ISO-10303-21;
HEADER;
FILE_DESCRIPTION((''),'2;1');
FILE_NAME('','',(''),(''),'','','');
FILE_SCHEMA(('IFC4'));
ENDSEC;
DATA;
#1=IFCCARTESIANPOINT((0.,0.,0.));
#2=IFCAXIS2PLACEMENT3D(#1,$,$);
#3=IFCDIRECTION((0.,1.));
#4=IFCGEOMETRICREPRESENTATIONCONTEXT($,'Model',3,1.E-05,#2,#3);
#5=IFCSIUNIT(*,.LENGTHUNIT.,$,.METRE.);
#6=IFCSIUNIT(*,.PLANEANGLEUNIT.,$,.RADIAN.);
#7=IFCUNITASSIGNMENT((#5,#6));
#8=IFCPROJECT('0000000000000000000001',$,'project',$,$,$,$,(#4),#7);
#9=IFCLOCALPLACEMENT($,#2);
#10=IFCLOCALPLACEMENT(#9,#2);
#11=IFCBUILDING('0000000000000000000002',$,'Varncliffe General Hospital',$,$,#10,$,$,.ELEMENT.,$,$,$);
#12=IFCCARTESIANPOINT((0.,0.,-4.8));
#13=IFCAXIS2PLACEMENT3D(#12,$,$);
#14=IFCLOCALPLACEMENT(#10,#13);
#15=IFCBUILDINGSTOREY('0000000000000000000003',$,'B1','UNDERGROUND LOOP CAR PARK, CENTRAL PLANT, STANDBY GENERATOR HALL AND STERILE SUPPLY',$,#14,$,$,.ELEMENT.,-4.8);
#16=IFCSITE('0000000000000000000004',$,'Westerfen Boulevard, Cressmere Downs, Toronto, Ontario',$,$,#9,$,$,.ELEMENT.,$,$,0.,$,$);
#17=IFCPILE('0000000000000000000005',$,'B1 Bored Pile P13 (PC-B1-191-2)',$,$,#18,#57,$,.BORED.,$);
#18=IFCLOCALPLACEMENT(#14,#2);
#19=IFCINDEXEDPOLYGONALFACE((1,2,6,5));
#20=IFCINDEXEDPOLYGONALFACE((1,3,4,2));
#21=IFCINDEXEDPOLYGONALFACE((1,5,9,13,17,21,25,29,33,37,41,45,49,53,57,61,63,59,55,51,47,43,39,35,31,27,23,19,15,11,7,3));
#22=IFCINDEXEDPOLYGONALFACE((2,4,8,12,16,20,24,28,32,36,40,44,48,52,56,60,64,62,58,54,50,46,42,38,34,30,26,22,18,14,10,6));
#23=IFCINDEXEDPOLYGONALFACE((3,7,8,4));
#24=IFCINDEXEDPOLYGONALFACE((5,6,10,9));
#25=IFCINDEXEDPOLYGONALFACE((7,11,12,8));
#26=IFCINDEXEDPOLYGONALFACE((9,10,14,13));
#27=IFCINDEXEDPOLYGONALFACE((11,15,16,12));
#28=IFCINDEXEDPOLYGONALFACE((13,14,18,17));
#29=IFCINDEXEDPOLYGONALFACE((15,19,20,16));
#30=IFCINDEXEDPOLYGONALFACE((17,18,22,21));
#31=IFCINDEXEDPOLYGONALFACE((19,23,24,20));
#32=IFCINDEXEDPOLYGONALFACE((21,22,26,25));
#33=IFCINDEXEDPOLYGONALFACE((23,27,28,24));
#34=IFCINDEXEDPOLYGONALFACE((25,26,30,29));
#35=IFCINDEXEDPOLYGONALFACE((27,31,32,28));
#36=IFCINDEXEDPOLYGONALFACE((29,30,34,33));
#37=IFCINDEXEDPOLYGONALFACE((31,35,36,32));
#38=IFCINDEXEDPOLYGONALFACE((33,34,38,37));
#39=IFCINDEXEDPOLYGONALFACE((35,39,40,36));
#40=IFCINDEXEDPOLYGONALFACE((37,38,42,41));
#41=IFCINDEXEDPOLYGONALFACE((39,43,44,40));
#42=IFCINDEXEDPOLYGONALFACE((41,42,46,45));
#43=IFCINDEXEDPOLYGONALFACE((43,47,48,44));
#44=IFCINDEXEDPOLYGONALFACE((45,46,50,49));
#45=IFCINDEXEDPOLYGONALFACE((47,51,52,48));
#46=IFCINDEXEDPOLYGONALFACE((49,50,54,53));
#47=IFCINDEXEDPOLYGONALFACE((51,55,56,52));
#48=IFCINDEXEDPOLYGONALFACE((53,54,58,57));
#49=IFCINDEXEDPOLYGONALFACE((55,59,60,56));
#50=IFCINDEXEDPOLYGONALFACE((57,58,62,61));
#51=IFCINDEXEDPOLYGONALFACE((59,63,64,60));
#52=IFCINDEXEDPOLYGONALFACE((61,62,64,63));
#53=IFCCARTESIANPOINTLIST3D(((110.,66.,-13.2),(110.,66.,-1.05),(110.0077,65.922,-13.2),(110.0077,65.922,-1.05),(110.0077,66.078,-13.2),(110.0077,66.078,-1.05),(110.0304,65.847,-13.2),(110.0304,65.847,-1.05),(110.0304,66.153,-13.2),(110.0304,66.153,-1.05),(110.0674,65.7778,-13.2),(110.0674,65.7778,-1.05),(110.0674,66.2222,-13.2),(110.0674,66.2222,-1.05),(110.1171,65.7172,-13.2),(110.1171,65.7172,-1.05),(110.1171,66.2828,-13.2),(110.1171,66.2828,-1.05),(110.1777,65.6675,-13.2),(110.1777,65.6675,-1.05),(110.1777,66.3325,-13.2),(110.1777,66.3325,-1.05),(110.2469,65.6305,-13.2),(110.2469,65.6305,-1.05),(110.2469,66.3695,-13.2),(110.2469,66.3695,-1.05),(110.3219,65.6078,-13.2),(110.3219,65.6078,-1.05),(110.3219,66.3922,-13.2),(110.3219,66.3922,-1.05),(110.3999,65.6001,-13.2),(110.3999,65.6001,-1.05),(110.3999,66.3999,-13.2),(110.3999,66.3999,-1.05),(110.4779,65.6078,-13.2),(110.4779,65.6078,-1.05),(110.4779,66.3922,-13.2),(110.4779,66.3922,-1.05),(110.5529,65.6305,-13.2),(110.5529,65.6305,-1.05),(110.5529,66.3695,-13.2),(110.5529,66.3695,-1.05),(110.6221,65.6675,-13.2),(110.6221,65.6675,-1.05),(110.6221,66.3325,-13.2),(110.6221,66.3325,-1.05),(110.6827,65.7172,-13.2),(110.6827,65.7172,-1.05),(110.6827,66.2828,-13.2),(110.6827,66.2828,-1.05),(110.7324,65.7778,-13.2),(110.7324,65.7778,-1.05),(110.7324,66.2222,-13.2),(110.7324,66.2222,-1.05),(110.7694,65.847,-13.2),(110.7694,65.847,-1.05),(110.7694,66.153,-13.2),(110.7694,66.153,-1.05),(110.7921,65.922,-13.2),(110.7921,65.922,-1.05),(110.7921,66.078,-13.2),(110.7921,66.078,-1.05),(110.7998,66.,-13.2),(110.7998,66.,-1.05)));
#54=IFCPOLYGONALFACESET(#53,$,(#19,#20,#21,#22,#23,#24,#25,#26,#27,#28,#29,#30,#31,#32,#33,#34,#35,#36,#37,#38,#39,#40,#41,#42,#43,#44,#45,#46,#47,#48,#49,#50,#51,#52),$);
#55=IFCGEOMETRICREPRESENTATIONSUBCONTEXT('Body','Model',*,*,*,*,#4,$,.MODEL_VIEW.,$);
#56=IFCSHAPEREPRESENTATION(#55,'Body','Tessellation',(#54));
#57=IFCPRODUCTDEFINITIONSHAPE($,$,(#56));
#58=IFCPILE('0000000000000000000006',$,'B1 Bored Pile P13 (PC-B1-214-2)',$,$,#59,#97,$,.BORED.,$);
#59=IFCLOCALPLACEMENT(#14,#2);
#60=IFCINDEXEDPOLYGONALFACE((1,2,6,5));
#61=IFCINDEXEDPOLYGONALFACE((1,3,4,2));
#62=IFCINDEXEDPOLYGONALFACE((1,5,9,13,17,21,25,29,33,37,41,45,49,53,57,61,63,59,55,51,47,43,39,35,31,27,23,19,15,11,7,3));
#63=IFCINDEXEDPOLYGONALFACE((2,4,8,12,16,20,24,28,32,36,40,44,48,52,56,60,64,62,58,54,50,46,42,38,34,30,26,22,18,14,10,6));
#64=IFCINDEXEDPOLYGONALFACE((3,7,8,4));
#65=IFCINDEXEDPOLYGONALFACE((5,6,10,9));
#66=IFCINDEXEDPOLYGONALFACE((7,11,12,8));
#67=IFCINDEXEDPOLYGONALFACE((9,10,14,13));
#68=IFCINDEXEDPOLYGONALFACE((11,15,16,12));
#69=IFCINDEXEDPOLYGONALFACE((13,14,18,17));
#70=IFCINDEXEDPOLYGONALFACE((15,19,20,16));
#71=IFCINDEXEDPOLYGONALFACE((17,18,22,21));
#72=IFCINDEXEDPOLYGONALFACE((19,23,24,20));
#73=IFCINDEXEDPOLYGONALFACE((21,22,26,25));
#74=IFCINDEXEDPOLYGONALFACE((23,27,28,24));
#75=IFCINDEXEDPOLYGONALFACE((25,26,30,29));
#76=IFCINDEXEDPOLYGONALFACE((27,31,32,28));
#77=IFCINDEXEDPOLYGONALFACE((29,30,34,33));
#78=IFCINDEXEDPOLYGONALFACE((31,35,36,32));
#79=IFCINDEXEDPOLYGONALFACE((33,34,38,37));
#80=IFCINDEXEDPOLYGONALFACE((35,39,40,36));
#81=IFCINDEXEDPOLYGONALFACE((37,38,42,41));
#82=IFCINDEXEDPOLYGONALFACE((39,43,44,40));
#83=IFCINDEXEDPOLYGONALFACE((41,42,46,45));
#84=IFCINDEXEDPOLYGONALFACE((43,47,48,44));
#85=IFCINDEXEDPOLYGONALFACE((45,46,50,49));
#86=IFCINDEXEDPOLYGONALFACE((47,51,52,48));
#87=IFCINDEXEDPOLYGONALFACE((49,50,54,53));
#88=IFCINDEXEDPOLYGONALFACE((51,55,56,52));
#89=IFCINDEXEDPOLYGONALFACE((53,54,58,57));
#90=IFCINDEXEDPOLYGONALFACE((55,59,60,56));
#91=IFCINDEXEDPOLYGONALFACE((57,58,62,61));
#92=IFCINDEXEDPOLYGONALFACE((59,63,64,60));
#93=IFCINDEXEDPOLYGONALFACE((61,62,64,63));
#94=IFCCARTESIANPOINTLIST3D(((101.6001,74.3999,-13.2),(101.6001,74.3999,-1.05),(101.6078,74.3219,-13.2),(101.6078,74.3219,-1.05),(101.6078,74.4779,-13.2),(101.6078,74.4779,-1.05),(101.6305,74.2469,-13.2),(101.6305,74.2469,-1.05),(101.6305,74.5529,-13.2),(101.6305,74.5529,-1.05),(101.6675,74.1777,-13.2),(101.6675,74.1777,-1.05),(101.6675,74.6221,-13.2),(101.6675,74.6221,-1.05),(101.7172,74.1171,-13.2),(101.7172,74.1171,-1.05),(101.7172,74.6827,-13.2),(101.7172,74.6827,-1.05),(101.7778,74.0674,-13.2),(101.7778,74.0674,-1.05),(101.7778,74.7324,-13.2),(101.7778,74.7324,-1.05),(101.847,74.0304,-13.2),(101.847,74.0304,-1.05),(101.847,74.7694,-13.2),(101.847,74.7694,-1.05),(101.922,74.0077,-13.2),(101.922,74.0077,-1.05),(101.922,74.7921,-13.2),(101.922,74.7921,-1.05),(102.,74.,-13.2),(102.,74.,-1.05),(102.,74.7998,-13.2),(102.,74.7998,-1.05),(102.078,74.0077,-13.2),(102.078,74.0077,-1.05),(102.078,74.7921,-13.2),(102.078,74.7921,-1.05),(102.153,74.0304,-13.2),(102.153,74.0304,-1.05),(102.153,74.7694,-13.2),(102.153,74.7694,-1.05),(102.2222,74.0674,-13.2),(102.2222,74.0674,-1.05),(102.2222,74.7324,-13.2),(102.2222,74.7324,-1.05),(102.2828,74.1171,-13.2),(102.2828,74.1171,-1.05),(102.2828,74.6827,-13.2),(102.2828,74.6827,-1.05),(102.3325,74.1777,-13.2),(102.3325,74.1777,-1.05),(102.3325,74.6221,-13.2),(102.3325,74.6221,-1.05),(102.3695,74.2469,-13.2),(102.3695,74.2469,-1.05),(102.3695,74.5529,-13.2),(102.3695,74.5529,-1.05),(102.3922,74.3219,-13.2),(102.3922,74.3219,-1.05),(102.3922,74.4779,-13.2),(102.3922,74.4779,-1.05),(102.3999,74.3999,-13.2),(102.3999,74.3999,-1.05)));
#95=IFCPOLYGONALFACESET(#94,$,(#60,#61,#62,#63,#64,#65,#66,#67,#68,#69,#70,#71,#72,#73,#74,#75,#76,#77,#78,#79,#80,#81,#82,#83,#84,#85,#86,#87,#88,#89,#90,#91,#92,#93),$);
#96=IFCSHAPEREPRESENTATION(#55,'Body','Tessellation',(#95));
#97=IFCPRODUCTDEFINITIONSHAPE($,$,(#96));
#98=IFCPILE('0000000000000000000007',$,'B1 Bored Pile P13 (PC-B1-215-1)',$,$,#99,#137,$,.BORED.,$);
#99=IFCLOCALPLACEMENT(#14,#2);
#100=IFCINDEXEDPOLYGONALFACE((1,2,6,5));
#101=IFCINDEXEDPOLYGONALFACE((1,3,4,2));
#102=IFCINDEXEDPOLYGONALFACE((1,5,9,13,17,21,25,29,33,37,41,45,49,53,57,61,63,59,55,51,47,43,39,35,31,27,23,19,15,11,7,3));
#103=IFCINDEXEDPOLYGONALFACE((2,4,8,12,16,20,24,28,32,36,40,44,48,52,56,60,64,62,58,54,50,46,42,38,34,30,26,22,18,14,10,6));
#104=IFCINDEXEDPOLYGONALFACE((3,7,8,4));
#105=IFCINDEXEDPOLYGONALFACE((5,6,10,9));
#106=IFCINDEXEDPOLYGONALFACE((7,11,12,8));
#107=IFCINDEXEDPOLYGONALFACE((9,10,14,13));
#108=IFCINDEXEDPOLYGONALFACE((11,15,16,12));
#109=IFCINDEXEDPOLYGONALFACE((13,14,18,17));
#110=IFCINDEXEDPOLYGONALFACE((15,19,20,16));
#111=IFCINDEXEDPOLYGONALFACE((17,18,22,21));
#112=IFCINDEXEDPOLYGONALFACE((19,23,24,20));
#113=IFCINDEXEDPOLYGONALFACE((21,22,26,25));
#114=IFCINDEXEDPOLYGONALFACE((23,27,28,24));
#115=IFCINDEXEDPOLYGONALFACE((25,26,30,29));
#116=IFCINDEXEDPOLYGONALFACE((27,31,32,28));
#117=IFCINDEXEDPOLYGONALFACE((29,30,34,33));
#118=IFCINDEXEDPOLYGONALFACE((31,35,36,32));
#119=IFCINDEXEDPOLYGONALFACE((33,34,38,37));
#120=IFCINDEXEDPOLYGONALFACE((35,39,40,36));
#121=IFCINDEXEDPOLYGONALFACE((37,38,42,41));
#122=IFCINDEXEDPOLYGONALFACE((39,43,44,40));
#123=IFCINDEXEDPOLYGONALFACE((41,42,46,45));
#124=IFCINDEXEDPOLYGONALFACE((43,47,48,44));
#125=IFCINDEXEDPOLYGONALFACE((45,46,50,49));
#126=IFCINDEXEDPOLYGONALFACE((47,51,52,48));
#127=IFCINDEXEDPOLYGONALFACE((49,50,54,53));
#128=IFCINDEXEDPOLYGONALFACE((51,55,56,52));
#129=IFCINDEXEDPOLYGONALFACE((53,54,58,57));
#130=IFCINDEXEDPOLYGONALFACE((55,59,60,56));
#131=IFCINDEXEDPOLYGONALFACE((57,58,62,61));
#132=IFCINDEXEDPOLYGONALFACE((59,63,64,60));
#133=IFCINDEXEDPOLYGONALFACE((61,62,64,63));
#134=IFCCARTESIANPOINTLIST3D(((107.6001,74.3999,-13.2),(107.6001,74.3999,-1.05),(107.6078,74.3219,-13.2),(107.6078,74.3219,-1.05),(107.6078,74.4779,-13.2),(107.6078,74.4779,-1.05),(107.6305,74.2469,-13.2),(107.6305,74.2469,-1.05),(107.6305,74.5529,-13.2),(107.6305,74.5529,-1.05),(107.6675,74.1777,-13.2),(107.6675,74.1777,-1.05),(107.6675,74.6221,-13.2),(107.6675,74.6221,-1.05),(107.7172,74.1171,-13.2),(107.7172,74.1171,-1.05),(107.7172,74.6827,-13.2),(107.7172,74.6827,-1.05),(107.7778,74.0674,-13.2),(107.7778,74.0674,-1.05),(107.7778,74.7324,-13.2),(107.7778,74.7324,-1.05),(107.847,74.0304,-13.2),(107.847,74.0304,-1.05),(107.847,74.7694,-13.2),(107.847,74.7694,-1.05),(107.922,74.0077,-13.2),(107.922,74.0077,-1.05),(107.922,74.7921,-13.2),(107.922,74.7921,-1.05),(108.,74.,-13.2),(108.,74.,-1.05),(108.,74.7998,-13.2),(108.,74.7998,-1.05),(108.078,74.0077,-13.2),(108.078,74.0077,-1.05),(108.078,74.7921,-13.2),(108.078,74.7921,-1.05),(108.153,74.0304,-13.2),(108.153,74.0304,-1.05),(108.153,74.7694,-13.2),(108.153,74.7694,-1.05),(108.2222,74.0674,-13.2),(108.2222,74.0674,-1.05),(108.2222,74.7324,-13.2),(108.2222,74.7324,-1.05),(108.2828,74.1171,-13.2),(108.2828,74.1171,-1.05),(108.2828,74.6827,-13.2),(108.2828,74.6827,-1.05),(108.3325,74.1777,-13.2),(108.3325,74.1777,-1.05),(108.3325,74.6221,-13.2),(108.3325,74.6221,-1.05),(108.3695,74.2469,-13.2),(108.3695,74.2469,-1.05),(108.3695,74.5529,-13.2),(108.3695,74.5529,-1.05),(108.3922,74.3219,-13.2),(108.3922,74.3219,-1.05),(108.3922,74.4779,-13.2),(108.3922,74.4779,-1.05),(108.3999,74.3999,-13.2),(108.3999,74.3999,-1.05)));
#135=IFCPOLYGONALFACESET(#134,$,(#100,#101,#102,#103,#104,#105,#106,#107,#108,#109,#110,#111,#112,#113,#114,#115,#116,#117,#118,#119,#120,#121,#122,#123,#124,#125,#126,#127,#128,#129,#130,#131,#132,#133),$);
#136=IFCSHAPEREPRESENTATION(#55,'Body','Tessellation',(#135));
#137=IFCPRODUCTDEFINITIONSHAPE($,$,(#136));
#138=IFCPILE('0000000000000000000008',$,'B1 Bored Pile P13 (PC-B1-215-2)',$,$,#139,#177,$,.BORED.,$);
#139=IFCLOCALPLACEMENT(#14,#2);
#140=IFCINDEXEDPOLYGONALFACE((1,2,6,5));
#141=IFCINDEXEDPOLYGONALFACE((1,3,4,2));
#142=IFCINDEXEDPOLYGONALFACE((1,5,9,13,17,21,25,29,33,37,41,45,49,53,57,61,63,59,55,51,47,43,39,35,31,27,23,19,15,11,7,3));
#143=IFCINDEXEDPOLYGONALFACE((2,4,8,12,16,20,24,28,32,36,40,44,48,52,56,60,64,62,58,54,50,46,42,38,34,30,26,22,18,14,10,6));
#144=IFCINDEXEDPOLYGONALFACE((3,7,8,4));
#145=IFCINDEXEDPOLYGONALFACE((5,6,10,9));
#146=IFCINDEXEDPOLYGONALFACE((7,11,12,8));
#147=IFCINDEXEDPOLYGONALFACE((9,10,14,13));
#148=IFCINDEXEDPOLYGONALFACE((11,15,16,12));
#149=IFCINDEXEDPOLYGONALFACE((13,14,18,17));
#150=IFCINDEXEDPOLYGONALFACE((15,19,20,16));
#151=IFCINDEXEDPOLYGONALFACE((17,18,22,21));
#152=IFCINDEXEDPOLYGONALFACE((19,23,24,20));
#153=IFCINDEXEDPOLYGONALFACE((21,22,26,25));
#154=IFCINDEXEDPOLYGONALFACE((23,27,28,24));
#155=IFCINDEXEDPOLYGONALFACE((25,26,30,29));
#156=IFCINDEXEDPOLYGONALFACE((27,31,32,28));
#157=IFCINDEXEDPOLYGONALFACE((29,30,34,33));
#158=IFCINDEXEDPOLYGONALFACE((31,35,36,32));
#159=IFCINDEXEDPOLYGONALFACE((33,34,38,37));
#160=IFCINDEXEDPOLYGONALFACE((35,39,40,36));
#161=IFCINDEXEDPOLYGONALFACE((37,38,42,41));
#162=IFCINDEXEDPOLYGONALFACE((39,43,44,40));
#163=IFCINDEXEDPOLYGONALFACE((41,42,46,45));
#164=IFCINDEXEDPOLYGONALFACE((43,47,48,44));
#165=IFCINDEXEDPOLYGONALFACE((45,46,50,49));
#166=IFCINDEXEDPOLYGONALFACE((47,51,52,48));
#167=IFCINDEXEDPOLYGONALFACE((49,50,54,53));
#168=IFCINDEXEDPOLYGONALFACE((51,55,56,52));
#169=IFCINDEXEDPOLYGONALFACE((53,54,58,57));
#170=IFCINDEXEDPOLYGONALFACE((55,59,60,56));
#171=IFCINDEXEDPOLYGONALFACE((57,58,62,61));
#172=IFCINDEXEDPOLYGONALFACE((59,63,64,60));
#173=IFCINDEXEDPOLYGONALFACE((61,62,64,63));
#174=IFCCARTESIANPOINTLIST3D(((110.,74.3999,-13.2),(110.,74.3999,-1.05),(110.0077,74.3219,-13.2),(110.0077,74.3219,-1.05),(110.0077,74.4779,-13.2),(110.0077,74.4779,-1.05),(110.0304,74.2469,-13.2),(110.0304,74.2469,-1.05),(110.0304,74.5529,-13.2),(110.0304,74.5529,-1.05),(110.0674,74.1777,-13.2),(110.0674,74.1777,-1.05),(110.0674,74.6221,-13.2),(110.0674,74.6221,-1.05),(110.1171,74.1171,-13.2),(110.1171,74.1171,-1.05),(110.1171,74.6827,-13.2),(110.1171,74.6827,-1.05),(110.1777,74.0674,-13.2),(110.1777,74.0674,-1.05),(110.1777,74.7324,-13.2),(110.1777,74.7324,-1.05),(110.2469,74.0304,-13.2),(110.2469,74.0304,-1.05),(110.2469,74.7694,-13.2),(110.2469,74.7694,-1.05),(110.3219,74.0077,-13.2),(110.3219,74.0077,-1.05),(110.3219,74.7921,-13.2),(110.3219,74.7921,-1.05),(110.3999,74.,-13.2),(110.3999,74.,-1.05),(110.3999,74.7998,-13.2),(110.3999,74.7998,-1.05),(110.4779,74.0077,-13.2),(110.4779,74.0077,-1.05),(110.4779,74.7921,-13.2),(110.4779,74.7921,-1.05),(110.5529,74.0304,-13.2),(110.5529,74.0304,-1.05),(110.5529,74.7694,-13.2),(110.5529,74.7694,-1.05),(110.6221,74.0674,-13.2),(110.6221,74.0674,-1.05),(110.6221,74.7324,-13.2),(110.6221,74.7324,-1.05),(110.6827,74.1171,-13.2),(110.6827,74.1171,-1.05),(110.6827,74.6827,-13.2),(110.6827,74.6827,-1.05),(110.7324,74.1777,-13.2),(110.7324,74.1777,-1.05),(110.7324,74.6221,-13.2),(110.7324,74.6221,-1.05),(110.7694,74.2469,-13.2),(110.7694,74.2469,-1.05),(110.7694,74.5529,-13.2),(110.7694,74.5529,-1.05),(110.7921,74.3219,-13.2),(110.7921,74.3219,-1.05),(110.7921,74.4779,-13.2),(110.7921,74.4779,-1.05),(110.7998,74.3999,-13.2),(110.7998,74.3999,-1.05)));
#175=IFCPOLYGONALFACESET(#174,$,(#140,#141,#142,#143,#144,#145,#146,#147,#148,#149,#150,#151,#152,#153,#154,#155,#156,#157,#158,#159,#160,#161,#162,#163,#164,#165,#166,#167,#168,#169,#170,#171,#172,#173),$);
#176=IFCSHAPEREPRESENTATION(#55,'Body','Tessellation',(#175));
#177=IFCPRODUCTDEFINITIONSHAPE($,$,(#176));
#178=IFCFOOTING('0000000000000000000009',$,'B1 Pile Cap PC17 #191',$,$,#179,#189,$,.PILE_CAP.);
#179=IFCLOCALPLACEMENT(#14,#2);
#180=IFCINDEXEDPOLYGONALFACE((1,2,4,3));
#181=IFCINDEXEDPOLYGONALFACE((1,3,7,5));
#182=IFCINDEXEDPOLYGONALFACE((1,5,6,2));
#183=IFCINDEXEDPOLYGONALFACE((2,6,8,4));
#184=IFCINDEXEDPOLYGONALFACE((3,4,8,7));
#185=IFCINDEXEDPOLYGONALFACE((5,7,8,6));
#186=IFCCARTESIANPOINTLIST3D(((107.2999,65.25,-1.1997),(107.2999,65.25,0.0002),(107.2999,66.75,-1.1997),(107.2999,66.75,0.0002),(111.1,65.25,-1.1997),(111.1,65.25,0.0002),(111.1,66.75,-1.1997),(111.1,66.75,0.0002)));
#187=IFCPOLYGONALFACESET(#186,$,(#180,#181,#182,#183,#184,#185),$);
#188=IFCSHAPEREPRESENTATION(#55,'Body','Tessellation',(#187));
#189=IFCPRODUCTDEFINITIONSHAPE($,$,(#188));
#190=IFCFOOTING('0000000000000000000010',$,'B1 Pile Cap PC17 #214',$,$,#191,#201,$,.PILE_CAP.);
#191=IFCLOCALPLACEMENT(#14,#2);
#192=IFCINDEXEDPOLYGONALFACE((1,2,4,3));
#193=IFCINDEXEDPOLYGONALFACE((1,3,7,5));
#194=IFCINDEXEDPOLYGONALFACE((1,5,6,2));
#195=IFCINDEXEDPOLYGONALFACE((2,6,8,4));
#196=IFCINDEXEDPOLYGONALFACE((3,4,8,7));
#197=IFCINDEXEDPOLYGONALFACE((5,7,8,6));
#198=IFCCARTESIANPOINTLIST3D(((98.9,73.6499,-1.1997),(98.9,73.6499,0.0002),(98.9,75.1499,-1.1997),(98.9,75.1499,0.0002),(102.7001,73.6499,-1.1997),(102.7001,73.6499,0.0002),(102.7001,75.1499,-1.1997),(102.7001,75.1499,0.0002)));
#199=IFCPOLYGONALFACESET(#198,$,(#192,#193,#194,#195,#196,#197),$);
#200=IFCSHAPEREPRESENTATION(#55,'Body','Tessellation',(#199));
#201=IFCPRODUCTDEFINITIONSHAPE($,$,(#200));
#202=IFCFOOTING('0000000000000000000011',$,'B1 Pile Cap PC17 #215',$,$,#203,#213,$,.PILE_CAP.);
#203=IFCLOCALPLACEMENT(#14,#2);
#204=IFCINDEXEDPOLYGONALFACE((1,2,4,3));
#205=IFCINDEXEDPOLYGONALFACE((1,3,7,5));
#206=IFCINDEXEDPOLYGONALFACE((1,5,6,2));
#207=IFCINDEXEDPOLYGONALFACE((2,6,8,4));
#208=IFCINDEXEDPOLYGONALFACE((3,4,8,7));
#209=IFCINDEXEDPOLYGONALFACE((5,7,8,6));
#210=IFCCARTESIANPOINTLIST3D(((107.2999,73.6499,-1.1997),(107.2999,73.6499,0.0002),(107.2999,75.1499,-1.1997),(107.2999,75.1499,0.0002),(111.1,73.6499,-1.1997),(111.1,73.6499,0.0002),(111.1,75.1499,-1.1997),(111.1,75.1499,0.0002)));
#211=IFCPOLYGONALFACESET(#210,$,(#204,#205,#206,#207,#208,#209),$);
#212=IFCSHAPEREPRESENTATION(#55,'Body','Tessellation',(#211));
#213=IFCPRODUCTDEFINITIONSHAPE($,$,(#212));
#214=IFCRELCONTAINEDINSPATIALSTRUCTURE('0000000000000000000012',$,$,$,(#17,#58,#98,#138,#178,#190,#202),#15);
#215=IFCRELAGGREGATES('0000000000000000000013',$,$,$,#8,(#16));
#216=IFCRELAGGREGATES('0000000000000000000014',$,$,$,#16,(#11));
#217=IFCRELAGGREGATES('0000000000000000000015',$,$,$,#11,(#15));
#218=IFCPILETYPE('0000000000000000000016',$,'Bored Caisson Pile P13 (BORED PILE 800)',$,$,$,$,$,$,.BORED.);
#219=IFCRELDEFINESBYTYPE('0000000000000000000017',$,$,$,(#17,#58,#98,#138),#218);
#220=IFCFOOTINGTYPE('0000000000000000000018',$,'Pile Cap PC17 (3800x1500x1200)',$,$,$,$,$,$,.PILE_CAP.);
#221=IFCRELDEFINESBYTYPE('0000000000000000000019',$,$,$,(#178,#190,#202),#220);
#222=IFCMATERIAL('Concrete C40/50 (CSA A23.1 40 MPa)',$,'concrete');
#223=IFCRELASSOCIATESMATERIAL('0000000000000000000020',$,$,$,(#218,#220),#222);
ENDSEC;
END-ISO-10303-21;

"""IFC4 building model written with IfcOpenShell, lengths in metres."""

from ifc_helpers import new_model, si_unit, direction, frame, origin, origin_2d, place, context, subcontext, project, spatial, rectangle, circle, extrude, material, material_profile, profile_set, type_object, element, save


model = new_model("IFC4")

# Units and contexts
model_context = context("Model", 3, precision=1e-05, world=origin(), true_north=direction((0.0, 1.0)))
body_context = subcontext(model_context, "Body", "Model", "MODEL_VIEW")
ifc_project = project(units=[si_unit("LENGTHUNIT", "METRE"), si_unit("PLANEANGLEUNIT", "RADIAN")], contexts=[model_context])

# Site, building, storey
site_placement = place(None, origin())
site = spatial("IfcSite", under=ifc_project, at=site_placement, Name="Westerfen Boulevard, Cressmere Downs, Toronto, Ontario", CompositionType="ELEMENT", RefElevation=0.0)
building_placement = place(site_placement, origin())
building = spatial("IfcBuilding", under=site, at=building_placement, Name="Varncliffe General Hospital", CompositionType="ELEMENT")
storey_placement = place(building_placement, frame((0.0, 0.0, -4.8)))
storey = spatial("IfcBuildingStorey", under=building, at=storey_placement, Name="B1", Description="UNDERGROUND LOOP CAR PARK, CENTRAL PLANT, STANDBY GENERATOR HALL AND STERILE SUPPLY", CompositionType="ELEMENT", Elevation=-4.8)

# Piles
ifc_material_1 = material(Name="Concrete C40/50 (CSA A23.1 40 MPa)", Category="concrete")
ifc_material_profile_1 = material_profile(ifc_material_1, circle(Radius=0.3999, at=origin_2d()), Name="BORED PILE 800")
ifc_profile_set_1 = profile_set([ifc_material_profile_1], Name="Concrete C40/50 (CSA A23.1 40 MPa)")
pile_type = type_object("IfcPileType", Name="Bored Caisson Pile P13 (BORED PILE 800)", PredefinedType="BORED", material=ifc_profile_set_1)
for number, where, z_axis, x_axis, name in (
    (1, (110.3999, 66.0, -1.05), (0.0, 0.0, -1.0), (1.0, 0.0, 0.0), "B1 Bored Pile P13 (PC-B1-191-2)"),
    (2, (102.0, 74.3999, -1.05), (0.0, 0.0, -1.0), (1.0, 0.0, 0.0), "B1 Bored Pile P13 (PC-B1-214-2)"),
    (3, (108.0, 74.3999, -1.05), (0.0, 0.0, -1.0), (1.0, 0.0, 0.0), "B1 Bored Pile P13 (PC-B1-215-1)"),
    (4, (110.3999, 74.3999, -1.05), (0.0, 0.0, -1.0), (1.0, 0.0, 0.0), "B1 Bored Pile P13 (PC-B1-215-2)"),
):
    element("IfcPile", number, at=place(storey_placement, frame(where, z_axis=z_axis, x_axis=x_axis)), inside=storey, type_object=pile_type, Name=name, PredefinedType="BORED", context=body_context, shape_type="SweptSolid", body=[
        extrude(circle(Radius=0.3999, at=origin_2d()), origin(), (0.0, 0.0, 1.0), 12.1499),
    ])

# Footings
footing_type_1 = type_object("IfcFootingType", Name="Pile Cap PC17 (3800x1500x1200)", PredefinedType="PILE_CAP", material=ifc_material_1)
for number, where, z_axis, x_axis, name in (
    (5, (109.2, 66.0, -1.1997), (0.0, 0.0, 1.0), (1.0, 0.0, 0.0), "B1 Pile Cap PC17 #191"),
    (6, (100.8, 74.3999, -1.1997), (0.0, 0.0, 1.0), (1.0, 0.0, 0.0), "B1 Pile Cap PC17 #214"),
    (7, (109.2, 74.3999, -1.1997), (0.0, 0.0, 1.0), (1.0, 0.0, 0.0), "B1 Pile Cap PC17 #215"),
):
    element("IfcFooting", number, at=place(storey_placement, frame(where, z_axis=z_axis, x_axis=x_axis)), inside=storey, type_object=footing_type_1, Name=name, PredefinedType="PILE_CAP", context=body_context, shape_type="SweptSolid", body=[
        extrude(rectangle(XDim=3.8, YDim=1.5, at=origin_2d()), origin(), (0.0, 0.0, 1.0), 1.2),
    ])

save(model, "model.ifc")
